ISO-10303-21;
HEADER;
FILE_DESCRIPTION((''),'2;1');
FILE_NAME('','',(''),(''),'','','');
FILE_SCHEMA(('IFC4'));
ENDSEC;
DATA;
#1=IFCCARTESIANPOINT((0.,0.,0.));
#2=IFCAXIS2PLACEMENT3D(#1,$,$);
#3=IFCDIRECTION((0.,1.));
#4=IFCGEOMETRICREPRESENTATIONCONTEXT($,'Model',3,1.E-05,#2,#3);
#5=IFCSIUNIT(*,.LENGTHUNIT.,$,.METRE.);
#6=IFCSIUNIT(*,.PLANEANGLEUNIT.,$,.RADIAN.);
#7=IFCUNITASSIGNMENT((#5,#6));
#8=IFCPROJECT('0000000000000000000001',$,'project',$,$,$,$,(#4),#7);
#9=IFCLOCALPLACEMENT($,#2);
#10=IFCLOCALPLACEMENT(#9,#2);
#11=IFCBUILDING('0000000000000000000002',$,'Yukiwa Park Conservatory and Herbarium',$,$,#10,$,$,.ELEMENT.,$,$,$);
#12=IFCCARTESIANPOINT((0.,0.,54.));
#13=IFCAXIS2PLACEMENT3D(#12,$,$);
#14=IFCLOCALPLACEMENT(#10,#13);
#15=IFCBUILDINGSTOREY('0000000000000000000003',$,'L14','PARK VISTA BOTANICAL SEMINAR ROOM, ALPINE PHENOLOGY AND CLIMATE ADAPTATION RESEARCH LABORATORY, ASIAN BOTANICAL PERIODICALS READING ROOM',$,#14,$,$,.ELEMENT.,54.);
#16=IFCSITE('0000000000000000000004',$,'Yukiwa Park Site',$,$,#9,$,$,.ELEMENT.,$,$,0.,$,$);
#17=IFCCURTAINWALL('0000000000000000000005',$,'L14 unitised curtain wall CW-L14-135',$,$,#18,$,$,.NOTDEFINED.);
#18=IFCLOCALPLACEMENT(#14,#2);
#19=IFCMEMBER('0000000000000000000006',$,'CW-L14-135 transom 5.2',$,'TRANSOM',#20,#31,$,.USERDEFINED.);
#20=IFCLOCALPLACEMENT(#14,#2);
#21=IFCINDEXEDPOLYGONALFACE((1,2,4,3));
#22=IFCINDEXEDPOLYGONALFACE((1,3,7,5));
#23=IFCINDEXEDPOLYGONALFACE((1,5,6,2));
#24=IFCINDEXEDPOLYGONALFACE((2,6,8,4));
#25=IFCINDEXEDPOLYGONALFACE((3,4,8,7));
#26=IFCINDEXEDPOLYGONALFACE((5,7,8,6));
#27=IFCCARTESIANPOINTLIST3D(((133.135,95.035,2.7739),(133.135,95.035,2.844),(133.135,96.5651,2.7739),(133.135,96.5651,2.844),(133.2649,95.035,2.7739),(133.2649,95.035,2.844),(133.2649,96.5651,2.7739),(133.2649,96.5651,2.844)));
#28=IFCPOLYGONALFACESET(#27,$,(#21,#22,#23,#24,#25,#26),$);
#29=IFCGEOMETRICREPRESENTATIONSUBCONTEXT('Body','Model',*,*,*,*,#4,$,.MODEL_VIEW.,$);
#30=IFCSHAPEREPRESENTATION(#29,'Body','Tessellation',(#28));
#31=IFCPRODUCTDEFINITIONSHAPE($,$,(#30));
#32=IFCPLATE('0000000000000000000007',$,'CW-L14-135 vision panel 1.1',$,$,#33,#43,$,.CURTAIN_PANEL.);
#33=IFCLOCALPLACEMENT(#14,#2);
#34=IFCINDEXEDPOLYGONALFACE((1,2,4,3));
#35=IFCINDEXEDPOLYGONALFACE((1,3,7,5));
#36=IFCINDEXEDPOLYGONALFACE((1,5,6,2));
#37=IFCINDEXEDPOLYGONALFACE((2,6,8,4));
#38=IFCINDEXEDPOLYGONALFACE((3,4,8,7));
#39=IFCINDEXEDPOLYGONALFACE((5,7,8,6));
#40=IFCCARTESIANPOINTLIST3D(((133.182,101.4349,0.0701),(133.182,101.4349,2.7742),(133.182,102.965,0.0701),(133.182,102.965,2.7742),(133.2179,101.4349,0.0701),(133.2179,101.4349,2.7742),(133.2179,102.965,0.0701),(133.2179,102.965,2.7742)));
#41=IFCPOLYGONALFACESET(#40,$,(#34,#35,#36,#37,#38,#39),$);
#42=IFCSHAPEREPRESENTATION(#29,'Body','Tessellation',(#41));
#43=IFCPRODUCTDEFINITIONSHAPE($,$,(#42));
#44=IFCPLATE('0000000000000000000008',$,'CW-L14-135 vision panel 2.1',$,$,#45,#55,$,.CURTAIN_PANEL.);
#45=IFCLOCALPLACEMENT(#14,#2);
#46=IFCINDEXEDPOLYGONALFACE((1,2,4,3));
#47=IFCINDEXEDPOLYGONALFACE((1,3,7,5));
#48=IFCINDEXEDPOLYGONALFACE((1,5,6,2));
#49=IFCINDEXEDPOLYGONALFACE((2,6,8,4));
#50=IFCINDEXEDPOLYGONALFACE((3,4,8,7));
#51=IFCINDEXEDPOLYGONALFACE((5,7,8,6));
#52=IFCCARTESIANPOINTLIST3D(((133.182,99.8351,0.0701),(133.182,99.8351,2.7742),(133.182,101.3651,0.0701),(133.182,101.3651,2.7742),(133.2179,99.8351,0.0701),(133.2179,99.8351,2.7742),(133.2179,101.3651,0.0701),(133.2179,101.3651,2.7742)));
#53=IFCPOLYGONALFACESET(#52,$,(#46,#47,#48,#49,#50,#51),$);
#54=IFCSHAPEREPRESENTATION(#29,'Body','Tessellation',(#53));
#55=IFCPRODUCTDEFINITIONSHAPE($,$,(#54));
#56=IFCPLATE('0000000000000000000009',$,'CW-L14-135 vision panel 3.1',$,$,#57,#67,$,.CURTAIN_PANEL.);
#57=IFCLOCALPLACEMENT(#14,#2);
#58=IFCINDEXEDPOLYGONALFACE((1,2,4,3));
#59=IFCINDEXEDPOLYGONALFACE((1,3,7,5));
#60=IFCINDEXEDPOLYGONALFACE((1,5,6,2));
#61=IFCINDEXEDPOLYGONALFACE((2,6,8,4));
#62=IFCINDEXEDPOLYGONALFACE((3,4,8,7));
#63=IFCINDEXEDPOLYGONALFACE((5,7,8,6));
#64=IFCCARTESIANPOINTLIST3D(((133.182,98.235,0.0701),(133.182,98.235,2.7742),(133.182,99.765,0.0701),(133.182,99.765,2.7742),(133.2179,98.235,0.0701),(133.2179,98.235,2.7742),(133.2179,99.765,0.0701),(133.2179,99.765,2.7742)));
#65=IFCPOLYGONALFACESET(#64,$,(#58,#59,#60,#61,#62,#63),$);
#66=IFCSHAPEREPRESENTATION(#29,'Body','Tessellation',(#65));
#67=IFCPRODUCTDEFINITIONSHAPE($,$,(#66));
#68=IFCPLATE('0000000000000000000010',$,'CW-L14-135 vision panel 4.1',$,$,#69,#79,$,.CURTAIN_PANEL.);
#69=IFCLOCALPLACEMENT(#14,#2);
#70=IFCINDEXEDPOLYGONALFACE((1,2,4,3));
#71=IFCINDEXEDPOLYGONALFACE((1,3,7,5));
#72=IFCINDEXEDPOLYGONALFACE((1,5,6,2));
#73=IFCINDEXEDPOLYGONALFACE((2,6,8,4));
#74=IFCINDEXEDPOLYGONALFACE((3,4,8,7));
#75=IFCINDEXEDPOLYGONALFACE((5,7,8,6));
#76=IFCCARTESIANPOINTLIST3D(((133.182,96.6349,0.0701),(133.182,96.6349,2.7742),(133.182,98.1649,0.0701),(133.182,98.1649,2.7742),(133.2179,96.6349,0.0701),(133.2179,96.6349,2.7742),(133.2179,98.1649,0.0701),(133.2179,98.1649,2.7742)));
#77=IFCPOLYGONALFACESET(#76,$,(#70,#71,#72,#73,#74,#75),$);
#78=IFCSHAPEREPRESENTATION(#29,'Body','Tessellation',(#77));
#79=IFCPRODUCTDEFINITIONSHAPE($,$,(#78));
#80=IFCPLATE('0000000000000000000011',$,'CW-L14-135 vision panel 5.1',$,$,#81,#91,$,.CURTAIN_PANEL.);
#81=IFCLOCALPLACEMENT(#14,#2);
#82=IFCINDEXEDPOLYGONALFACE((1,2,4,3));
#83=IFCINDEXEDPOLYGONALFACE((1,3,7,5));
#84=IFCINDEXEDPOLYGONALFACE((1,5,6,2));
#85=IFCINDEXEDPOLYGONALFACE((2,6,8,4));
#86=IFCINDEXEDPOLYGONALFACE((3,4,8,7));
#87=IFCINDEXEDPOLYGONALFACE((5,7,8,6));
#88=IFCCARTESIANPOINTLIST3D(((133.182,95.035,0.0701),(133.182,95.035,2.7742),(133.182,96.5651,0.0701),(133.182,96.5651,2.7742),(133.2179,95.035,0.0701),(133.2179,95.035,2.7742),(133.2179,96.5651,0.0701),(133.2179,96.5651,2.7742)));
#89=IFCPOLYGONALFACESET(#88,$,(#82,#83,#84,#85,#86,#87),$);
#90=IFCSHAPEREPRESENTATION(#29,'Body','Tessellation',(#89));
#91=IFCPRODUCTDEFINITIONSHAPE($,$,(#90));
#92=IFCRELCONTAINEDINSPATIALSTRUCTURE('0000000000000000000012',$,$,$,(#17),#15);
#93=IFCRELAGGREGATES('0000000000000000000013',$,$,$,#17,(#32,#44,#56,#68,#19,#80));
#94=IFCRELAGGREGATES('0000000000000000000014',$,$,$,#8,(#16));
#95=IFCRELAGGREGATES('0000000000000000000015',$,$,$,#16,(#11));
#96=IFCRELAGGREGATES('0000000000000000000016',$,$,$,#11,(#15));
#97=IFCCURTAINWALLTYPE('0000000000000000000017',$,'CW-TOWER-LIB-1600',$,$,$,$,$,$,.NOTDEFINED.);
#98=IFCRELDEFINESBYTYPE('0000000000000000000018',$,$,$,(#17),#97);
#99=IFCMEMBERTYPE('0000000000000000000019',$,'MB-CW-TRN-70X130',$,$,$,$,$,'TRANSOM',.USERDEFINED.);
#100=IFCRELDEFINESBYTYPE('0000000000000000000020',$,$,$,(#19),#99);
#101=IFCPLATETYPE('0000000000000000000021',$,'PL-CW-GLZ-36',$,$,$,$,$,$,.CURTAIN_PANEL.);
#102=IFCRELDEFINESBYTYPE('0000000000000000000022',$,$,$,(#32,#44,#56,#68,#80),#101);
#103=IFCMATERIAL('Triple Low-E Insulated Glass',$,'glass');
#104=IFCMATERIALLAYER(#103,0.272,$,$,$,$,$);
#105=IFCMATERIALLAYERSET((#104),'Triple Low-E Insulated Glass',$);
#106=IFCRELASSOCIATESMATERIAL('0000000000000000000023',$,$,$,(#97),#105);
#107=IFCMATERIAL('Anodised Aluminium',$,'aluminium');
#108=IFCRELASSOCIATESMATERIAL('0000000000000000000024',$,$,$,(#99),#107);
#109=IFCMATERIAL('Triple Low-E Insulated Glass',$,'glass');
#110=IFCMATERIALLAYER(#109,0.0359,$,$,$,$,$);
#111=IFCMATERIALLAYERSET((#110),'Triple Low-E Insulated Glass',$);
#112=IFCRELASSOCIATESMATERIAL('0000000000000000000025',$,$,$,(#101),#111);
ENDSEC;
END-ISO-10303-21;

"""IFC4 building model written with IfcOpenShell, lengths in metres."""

from ifc_helpers import new_model, si_unit, direction, frame, origin, origin_2d, place, context, subcontext, project, spatial, rectangle, extrude, material, layer, layer_set, type_object, element, aggregate, save


model = new_model("IFC4")

# Units and contexts
model_context = context("Model", 3, precision=1e-05, world=origin(), true_north=direction((0.0, 1.0)))
body_context = subcontext(model_context, "Body", "Model", "MODEL_VIEW")
ifc_project = project(units=[si_unit("LENGTHUNIT", "METRE"), si_unit("PLANEANGLEUNIT", "RADIAN")], contexts=[model_context])

# Site, building, storey
site_placement = place(None, origin())
site = spatial("IfcSite", under=ifc_project, at=site_placement, Name="Yukiwa Park Site", CompositionType="ELEMENT", RefElevation=0.0)
building_placement = place(site_placement, origin())
building = spatial("IfcBuilding", under=site, at=building_placement, Name="Yukiwa Park Conservatory and Herbarium", CompositionType="ELEMENT")
storey_placement = place(building_placement, frame((0.0, 0.0, 54.0)))
storey = spatial("IfcBuildingStorey", under=building, at=storey_placement, Name="L14", Description="PARK VISTA BOTANICAL SEMINAR ROOM, ALPINE PHENOLOGY AND CLIMATE ADAPTATION RESEARCH LABORATORY, ASIAN BOTANICAL PERIODICALS READING ROOM", CompositionType="ELEMENT", Elevation=54.0)

# Curtain wall
ifc_material_1 = material(Name="Triple Low-E Insulated Glass", Category="glass")
ifc_layer_1 = layer(ifc_material_1, 0.272)
ifc_layer_set_1 = layer_set([ifc_layer_1], Name="Triple Low-E Insulated Glass")
curtain_wall_type = type_object("IfcCurtainWallType", Name="CW-TOWER-LIB-1600", PredefinedType="NOTDEFINED", material=ifc_layer_set_1)
curtain_wall_1_placement = place(storey_placement, origin())
curtain_wall_1 = element("IfcCurtainWall", 1, at=curtain_wall_1_placement, inside=storey, type_object=curtain_wall_type, Name="L14 unitised curtain wall CW-L14-135", PredefinedType="NOTDEFINED")

# Member
ifc_material_2 = material(Name="Anodised Aluminium", Category="aluminium")
member_type_1 = type_object("IfcMemberType", Name="MB-CW-TRN-70X130", ElementType="TRANSOM", PredefinedType="USERDEFINED", material=ifc_material_2)
member_1_placement = place(storey_placement, frame((133.2, 95.8, 2.7739), z_axis=(0.0, 0.0, 1.0), x_axis=(0.0, -1.0, 0.0)))
member_1 = element("IfcMember", 2, at=member_1_placement, type_object=member_type_1, Name="CW-L14-135 transom 5.2", ObjectType="TRANSOM", PredefinedType="USERDEFINED", context=body_context, shape_type="SweptSolid", body=[
    extrude(rectangle(XDim=1.53, YDim=0.1299, at=origin_2d()), origin(), (0.0, 0.0, 1.0), 0.0701),
])

# Plates
ifc_material_3 = material(Name="Triple Low-E Insulated Glass", Category="glass")
ifc_layer_2 = layer(ifc_material_3, 0.0359)
ifc_layer_set_2 = layer_set([ifc_layer_2], Name="Triple Low-E Insulated Glass")
plate_type = type_object("IfcPlateType", Name="PL-CW-GLZ-36", PredefinedType="CURTAIN_PANEL", material=ifc_layer_set_2)
plate_1_placement = place(storey_placement, frame((133.2, 102.2, 0.0701), z_axis=(0.0, 0.0, 1.0), x_axis=(0.0, -1.0, 0.0)))
plate_1 = element("IfcPlate", 3, at=plate_1_placement, type_object=plate_type, Name="CW-L14-135 vision panel 1.1", PredefinedType="CURTAIN_PANEL", context=body_context, shape_type="SweptSolid", body=[
    extrude(rectangle(XDim=1.53, YDim=0.0359, at=origin_2d()), origin(), (0.0, 0.0, 1.0), 2.7041),
])
plate_2_placement = place(storey_placement, frame((133.2, 100.6001, 0.0701), z_axis=(0.0, 0.0, 1.0), x_axis=(0.0, -1.0, 0.0)))
plate_2 = element("IfcPlate", 4, at=plate_2_placement, type_object=plate_type, Name="CW-L14-135 vision panel 2.1", PredefinedType="CURTAIN_PANEL", context=body_context, shape_type="SweptSolid", body=[
    extrude(rectangle(XDim=1.53, YDim=0.0359, at=origin_2d()), origin(), (0.0, 0.0, 1.0), 2.7041),
])
plate_3_placement = place(storey_placement, frame((133.2, 99.0, 0.0701), z_axis=(0.0, 0.0, 1.0), x_axis=(0.0, -1.0, 0.0)))
plate_3 = element("IfcPlate", 5, at=plate_3_placement, type_object=plate_type, Name="CW-L14-135 vision panel 3.1", PredefinedType="CURTAIN_PANEL", context=body_context, shape_type="SweptSolid", body=[
    extrude(rectangle(XDim=1.53, YDim=0.0359, at=origin_2d()), origin(), (0.0, 0.0, 1.0), 2.7041),
])
plate_4_placement = place(storey_placement, frame((133.2, 97.3999, 0.0701), z_axis=(0.0, 0.0, 1.0), x_axis=(0.0, -1.0, 0.0)))
plate_4 = element("IfcPlate", 6, at=plate_4_placement, type_object=plate_type, Name="CW-L14-135 vision panel 4.1", PredefinedType="CURTAIN_PANEL", context=body_context, shape_type="SweptSolid", body=[
    extrude(rectangle(XDim=1.53, YDim=0.0359, at=origin_2d()), origin(), (0.0, 0.0, 1.0), 2.7041),
])
plate_5_placement = place(storey_placement, frame((133.2, 95.8, 0.0701), z_axis=(0.0, 0.0, 1.0), x_axis=(0.0, -1.0, 0.0)))
plate_5 = element("IfcPlate", 7, at=plate_5_placement, type_object=plate_type, Name="CW-L14-135 vision panel 5.1", PredefinedType="CURTAIN_PANEL", context=body_context, shape_type="SweptSolid", body=[
    extrude(rectangle(XDim=1.53, YDim=0.0359, at=origin_2d()), origin(), (0.0, 0.0, 1.0), 2.7041),
])
aggregate(curtain_wall_1, [plate_1, plate_2, plate_3, plate_4, member_1, plate_5])

save(model, "model.ifc")
